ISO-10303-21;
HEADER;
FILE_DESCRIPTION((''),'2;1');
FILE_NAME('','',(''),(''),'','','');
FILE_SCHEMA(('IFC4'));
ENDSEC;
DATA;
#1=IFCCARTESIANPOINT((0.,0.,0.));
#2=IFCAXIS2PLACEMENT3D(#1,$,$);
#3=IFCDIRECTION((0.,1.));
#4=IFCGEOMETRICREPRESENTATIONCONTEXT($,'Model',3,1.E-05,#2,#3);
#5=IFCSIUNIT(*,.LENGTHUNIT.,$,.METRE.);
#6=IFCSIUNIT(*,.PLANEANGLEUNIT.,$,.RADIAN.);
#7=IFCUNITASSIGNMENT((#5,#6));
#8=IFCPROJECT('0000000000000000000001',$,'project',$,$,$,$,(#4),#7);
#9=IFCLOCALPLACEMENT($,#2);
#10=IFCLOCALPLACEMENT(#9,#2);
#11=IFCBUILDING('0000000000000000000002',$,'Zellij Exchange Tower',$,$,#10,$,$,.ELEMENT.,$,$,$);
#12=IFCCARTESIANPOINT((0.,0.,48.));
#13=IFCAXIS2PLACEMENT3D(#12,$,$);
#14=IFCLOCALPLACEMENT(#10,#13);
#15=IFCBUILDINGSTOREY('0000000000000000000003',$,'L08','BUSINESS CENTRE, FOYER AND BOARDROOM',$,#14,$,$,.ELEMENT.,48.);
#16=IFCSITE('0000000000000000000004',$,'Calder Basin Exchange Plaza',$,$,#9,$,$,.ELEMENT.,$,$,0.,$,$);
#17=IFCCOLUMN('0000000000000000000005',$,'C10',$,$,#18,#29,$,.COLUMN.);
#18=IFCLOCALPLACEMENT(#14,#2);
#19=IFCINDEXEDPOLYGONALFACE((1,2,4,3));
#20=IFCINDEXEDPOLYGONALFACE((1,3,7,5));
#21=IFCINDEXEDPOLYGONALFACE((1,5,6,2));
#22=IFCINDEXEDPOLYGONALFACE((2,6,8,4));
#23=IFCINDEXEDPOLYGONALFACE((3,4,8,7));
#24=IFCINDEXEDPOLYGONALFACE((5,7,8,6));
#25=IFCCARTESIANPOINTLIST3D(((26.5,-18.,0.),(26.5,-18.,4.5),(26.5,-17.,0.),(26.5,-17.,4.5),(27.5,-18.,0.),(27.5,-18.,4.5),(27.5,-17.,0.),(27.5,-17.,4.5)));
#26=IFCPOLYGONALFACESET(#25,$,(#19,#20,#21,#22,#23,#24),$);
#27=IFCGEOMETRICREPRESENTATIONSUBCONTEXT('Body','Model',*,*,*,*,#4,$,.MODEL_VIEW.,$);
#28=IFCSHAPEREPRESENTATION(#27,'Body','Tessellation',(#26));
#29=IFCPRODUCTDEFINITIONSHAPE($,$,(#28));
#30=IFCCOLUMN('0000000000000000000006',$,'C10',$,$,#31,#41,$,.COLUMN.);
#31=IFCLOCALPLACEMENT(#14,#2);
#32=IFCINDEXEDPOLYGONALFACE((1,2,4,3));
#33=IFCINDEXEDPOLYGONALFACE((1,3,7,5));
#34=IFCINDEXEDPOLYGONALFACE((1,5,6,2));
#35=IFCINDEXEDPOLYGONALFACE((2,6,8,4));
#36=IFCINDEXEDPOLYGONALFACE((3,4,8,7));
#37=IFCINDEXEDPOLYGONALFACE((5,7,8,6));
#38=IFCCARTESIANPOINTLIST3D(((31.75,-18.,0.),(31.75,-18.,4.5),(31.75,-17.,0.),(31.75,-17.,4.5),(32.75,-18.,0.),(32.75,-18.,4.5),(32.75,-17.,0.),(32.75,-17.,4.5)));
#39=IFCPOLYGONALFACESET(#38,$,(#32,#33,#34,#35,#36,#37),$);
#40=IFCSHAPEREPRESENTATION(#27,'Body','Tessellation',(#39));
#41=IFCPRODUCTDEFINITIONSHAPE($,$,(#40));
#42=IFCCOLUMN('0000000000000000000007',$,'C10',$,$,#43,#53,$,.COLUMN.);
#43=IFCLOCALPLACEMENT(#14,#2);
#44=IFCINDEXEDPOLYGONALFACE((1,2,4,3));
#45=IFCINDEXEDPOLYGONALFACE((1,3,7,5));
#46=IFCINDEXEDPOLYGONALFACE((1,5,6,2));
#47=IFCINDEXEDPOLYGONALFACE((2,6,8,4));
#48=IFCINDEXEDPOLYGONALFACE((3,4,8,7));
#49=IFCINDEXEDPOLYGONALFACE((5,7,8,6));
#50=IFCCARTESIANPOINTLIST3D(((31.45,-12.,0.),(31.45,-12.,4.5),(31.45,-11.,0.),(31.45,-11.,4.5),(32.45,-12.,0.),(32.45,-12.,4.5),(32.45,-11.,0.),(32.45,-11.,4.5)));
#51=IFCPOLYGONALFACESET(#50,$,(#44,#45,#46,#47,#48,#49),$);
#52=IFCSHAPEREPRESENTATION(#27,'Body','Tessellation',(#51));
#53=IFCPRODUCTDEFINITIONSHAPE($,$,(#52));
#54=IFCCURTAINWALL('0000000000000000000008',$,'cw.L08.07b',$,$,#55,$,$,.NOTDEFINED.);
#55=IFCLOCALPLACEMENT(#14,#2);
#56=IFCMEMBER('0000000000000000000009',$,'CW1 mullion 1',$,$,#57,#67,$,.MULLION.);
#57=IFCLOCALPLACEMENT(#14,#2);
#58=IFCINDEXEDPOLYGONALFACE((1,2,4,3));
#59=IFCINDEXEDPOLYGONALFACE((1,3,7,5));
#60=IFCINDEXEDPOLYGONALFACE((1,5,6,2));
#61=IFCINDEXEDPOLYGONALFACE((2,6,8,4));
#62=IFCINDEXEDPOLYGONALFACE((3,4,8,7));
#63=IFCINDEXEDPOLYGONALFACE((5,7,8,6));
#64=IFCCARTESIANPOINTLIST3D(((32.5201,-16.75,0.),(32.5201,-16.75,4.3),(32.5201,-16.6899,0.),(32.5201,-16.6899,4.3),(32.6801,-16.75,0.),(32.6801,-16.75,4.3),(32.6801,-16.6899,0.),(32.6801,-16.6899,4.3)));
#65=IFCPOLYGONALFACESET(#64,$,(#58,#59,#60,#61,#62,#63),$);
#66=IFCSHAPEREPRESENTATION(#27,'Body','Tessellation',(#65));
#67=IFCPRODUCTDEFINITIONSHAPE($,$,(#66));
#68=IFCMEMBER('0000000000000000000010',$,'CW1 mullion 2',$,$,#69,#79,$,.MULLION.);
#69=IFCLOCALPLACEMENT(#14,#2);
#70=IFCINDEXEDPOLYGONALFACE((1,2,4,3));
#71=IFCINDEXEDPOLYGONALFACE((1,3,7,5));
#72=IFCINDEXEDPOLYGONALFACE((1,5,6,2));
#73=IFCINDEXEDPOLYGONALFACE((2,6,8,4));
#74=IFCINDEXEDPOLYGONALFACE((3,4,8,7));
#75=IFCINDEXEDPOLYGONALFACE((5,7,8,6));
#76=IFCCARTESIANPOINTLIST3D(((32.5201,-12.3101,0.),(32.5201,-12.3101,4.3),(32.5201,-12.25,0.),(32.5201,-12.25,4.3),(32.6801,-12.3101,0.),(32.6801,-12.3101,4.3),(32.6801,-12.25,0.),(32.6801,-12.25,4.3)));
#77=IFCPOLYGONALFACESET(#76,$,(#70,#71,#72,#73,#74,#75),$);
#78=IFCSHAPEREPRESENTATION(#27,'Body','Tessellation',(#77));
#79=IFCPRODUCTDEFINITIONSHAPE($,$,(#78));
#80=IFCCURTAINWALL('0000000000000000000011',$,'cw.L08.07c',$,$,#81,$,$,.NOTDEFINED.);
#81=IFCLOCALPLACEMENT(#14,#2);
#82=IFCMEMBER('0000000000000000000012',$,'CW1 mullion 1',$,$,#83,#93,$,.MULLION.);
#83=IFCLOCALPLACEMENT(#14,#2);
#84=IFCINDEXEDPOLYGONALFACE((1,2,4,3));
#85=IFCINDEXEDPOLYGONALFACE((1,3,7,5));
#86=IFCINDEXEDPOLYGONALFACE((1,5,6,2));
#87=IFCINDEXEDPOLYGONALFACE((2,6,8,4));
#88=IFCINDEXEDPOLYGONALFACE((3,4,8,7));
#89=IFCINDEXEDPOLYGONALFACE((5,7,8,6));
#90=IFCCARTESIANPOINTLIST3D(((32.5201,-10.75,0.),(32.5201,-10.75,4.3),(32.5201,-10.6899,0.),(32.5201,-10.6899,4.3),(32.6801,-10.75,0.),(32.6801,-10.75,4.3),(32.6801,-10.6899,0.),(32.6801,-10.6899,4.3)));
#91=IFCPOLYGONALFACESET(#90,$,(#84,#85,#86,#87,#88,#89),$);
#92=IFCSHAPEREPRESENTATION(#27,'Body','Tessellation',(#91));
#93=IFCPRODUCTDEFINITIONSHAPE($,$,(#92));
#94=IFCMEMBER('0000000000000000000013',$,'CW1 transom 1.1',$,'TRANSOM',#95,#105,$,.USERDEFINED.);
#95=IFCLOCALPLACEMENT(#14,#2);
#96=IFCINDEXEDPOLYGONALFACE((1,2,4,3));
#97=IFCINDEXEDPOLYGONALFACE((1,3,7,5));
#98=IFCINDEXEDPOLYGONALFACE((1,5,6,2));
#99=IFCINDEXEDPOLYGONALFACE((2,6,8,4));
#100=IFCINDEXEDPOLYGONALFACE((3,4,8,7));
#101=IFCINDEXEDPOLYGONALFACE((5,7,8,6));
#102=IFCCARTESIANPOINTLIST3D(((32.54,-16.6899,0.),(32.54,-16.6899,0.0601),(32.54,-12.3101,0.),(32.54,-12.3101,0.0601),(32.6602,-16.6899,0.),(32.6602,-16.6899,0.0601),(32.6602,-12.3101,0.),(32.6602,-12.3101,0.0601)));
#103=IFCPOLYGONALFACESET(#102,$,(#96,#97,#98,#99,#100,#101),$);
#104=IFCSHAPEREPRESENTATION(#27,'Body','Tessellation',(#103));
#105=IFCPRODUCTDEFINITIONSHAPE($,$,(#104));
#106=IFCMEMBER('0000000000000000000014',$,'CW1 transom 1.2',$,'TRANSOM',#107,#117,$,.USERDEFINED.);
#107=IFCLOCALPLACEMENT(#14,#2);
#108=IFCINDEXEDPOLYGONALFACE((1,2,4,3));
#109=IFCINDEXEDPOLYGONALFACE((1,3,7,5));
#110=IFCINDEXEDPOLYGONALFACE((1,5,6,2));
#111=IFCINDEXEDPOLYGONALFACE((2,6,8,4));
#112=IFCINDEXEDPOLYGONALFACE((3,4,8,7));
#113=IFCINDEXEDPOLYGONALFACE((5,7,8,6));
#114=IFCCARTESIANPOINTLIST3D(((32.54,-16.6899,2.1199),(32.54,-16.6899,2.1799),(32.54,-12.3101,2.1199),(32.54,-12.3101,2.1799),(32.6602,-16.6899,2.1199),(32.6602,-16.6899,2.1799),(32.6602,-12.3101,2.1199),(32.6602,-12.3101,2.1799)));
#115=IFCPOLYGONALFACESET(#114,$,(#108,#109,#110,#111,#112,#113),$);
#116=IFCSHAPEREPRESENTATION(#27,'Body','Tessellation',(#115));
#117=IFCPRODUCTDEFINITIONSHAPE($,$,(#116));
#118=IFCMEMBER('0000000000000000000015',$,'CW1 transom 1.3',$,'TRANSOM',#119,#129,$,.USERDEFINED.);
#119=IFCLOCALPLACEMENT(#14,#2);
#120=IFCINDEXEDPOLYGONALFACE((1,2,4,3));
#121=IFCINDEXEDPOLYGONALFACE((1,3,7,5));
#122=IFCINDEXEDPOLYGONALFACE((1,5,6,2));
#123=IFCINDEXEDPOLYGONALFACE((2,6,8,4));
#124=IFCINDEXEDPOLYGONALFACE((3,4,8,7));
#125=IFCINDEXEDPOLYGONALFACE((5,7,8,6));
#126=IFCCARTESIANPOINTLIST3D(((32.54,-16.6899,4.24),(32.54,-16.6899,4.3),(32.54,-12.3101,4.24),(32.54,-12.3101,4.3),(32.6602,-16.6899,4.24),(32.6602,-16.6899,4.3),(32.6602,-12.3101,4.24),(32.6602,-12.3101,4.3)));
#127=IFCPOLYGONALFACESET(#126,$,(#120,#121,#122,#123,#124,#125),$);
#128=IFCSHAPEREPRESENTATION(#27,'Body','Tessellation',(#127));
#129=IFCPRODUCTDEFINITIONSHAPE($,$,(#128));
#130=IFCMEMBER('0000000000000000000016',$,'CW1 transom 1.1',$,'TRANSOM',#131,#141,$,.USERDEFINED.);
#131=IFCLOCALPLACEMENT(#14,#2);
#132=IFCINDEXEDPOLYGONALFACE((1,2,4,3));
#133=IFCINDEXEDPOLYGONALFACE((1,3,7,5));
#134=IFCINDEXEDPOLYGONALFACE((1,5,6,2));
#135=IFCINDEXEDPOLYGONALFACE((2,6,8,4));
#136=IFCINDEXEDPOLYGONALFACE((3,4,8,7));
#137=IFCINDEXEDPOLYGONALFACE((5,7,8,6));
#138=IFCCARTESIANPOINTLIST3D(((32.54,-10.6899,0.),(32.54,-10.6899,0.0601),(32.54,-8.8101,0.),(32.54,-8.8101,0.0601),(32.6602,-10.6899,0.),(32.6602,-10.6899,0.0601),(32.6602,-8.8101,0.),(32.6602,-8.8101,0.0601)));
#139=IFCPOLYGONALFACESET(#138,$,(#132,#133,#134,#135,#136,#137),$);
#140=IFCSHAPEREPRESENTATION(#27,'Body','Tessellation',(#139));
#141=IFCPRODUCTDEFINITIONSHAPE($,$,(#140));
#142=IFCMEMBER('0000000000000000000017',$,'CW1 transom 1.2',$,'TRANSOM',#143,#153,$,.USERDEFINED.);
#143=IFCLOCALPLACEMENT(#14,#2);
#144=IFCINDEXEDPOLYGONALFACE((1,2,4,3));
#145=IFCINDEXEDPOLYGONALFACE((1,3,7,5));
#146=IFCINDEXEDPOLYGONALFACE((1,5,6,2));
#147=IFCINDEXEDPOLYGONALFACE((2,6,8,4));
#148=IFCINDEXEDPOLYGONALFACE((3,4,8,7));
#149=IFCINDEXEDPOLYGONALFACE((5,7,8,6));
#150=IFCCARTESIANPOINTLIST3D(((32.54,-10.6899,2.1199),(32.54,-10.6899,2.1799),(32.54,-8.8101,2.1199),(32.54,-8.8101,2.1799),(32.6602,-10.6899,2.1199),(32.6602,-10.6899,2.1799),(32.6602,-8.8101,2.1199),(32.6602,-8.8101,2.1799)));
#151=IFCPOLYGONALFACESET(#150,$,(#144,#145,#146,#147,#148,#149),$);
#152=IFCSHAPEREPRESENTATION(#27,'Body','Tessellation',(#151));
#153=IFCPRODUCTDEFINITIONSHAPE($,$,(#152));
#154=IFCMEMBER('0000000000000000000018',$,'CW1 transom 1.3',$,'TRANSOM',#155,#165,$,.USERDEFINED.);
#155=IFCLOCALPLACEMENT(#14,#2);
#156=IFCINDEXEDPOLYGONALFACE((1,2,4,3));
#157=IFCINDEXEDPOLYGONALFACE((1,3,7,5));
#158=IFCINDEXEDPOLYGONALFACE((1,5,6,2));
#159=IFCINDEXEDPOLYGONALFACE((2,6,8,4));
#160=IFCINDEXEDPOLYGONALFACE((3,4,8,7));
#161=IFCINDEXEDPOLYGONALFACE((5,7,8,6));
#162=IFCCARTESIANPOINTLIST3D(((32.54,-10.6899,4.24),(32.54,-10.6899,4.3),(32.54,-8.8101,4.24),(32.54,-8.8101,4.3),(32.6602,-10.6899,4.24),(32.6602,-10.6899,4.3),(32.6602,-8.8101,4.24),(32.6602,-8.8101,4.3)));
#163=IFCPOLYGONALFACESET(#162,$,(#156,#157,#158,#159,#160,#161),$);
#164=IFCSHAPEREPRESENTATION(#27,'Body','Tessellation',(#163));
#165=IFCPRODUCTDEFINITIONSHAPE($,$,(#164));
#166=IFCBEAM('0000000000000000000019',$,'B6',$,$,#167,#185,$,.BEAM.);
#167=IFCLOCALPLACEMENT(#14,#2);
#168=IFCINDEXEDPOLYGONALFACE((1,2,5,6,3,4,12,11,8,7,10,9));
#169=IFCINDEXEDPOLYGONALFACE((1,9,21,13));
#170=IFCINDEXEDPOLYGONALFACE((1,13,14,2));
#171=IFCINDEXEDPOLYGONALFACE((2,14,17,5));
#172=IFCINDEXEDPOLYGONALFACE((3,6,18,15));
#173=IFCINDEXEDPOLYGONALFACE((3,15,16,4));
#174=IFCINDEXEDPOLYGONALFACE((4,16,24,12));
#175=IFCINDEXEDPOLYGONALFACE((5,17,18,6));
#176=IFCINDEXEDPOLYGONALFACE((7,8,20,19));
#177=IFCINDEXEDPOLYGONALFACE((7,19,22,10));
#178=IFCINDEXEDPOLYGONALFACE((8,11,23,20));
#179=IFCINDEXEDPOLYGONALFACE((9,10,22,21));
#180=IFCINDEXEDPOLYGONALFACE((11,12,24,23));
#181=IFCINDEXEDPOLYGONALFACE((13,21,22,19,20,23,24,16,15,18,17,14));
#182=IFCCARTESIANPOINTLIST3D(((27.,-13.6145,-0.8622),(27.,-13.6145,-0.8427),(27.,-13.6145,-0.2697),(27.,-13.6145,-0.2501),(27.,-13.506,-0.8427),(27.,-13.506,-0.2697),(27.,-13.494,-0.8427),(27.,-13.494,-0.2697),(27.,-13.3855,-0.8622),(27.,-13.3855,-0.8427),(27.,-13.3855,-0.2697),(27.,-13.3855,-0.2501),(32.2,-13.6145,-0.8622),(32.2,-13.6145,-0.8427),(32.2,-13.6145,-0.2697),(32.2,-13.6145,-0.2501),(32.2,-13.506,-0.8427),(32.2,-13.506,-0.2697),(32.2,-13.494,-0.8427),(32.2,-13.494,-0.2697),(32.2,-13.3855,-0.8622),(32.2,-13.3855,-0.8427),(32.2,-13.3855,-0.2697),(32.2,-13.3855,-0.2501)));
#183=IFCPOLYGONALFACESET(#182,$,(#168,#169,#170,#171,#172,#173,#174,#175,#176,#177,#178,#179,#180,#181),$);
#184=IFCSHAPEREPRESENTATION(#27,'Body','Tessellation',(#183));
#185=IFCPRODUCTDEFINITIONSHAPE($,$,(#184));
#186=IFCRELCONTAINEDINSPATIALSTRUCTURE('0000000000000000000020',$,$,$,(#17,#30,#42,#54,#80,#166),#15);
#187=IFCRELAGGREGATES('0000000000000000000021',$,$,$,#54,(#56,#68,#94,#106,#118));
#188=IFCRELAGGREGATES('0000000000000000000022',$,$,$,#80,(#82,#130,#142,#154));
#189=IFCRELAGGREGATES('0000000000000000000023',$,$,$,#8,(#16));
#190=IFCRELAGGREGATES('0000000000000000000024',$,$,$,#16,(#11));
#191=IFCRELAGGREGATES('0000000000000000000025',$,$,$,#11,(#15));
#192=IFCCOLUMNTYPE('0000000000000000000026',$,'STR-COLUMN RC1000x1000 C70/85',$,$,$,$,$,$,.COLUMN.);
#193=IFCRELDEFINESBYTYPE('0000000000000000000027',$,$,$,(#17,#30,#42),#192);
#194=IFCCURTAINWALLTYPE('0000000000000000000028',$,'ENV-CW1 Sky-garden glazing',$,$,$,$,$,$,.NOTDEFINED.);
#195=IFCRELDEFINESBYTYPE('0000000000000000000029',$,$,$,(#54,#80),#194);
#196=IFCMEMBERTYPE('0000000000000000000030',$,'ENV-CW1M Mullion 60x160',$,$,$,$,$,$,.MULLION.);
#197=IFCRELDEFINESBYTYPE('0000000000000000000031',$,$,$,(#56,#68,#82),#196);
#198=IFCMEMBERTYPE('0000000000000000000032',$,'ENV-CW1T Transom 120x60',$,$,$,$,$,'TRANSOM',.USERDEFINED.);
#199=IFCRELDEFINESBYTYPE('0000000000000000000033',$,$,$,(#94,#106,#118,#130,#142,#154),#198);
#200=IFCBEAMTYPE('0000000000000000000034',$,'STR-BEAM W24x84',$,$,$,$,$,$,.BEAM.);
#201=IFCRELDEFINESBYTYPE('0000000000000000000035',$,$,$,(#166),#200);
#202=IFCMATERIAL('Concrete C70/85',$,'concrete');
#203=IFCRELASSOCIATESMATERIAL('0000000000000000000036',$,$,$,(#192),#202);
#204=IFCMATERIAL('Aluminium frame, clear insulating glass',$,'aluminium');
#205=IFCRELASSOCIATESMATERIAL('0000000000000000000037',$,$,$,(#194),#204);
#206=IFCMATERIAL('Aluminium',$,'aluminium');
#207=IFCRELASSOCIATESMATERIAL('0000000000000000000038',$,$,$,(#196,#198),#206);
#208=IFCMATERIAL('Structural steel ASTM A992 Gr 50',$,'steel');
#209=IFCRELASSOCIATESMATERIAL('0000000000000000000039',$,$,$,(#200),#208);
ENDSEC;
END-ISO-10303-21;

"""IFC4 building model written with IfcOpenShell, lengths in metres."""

from ifc_helpers import new_model, si_unit, direction, frame, origin, origin_2d, place, context, subcontext, project, spatial, rectangle, i_section, extrude, material, material_profile, profile_set, type_object, element, aggregate, save


model = new_model("IFC4")

# Units and contexts
model_context = context("Model", 3, precision=1e-05, world=origin(), true_north=direction((0.0, 1.0)))
body_context = subcontext(model_context, "Body", "Model", "MODEL_VIEW")
ifc_project = project(units=[si_unit("LENGTHUNIT", "METRE"), si_unit("PLANEANGLEUNIT", "RADIAN")], contexts=[model_context])

# Site, building, storey
site_placement = place(None, origin())
site = spatial("IfcSite", under=ifc_project, at=site_placement, Name="Calder Basin Exchange Plaza", CompositionType="ELEMENT", RefElevation=0.0)
building_placement = place(site_placement, origin())
building = spatial("IfcBuilding", under=site, at=building_placement, Name="Zellij Exchange Tower", CompositionType="ELEMENT")
storey_placement = place(building_placement, frame((0.0, 0.0, 48.0)))
storey = spatial("IfcBuildingStorey", under=building, at=storey_placement, Name="L08", Description="BUSINESS CENTRE, FOYER AND BOARDROOM", CompositionType="ELEMENT", Elevation=48.0)

# Columns
ifc_material_1 = material(Name="Concrete C70/85", Category="concrete")
ifc_material_profile_1 = material_profile(ifc_material_1, rectangle(XDim=1.0, YDim=1.0, at=origin_2d()), Name="STR-COLUMN RC1000x1000 C70/85")
ifc_profile_set_1 = profile_set([ifc_material_profile_1], Name="Concrete C70/85")
column_type = type_object("IfcColumnType", Name="STR-COLUMN RC1000x1000 C70/85", PredefinedType="COLUMN", material=ifc_profile_set_1)
for number, where, z_axis, x_axis, name in (
    (1, (27.0, -17.5, 0.0), (0.0, 0.0, 1.0), (1.0, 0.0, 0.0), "C10"),
    (2, (32.25, -17.5, 0.0), (0.0, 0.0, 1.0), (1.0, 0.0, 0.0), "C10"),
    (3, (31.95, -11.5, 0.0), (0.0, 0.0, 1.0), (1.0, 0.0, 0.0), "C10"),
):
    element("IfcColumn", number, at=place(storey_placement, frame(where, z_axis=z_axis, x_axis=x_axis)), inside=storey, type_object=column_type, Name=name, PredefinedType="COLUMN", context=body_context, shape_type="SweptSolid", body=[
        extrude(rectangle(XDim=1.0, YDim=1.0, at=origin_2d()), origin(), (0.0, 0.0, 1.0), 4.5),
    ])

# Curtain wall, members
ifc_material_2 = material(Name="Aluminium frame, clear insulating glass", Category="aluminium")
curtain_wall_type = type_object("IfcCurtainWallType", Name="ENV-CW1 Sky-garden glazing", PredefinedType="NOTDEFINED", material=ifc_material_2)
curtain_wall_1_placement = place(storey_placement, origin())
curtain_wall_1 = element("IfcCurtainWall", 4, at=curtain_wall_1_placement, inside=storey, type_object=curtain_wall_type, Name="cw.L08.07b", PredefinedType="NOTDEFINED")
ifc_material_3 = material(Name="Aluminium", Category="aluminium")
ifc_material_profile_2 = material_profile(ifc_material_3, rectangle(XDim=0.0601, YDim=0.1599, at=origin_2d()), Name="AL 60x160")
ifc_profile_set_2 = profile_set([ifc_material_profile_2], Name="Aluminium")
member_type_1 = type_object("IfcMemberType", Name="ENV-CW1M Mullion 60x160", PredefinedType="MULLION", material=ifc_profile_set_2)
member_1_placement = place(storey_placement, frame((32.6001, -16.72, 0.0), z_axis=(0.0, 0.0, 1.0), x_axis=(0.0, 1.0, 0.0)))
member_1 = element("IfcMember", 5, at=member_1_placement, type_object=member_type_1, Name="CW1 mullion 1", PredefinedType="MULLION", context=body_context, shape_type="SweptSolid", body=[
    extrude(rectangle(XDim=0.0601, YDim=0.1599, at=origin_2d()), origin(), (0.0, 0.0, 1.0), 4.3),
])
member_2_placement = place(storey_placement, frame((32.6001, -12.28, 0.0), z_axis=(0.0, 0.0, 1.0), x_axis=(0.0, 1.0, 0.0)))
member_2 = element("IfcMember", 6, at=member_2_placement, type_object=member_type_1, Name="CW1 mullion 2", PredefinedType="MULLION", context=body_context, shape_type="SweptSolid", body=[
    extrude(rectangle(XDim=0.0601, YDim=0.1599, at=origin_2d()), origin(), (0.0, 0.0, 1.0), 4.3),
])

# Curtain wall, member
curtain_wall_2_placement = place(storey_placement, origin())
curtain_wall_2 = element("IfcCurtainWall", 7, at=curtain_wall_2_placement, inside=storey, type_object=curtain_wall_type, Name="cw.L08.07c", PredefinedType="NOTDEFINED")
member_3_placement = place(storey_placement, frame((32.6001, -10.72, 0.0), z_axis=(0.0, 0.0, 1.0), x_axis=(0.0, 1.0, 0.0)))
member_3 = element("IfcMember", 8, at=member_3_placement, type_object=member_type_1, Name="CW1 mullion 1", PredefinedType="MULLION", context=body_context, shape_type="SweptSolid", body=[
    extrude(rectangle(XDim=0.0601, YDim=0.1599, at=origin_2d()), origin(), (0.0, 0.0, 1.0), 4.3),
])

# Members
ifc_material_profile_3 = material_profile(ifc_material_3, rectangle(XDim=0.1201, YDim=0.0601, at=origin_2d()), Name="AL 120x60")
ifc_profile_set_3 = profile_set([ifc_material_profile_3], Name="Aluminium")
member_type_2 = type_object("IfcMemberType", Name="ENV-CW1T Transom 120x60", ElementType="TRANSOM", PredefinedType="USERDEFINED", material=ifc_profile_set_3)
member_4_placement = place(storey_placement, frame((32.6001, -16.6899, 0.03), z_axis=(0.0, 1.0, 0.0), x_axis=(-1.0, 0.0, 0.0)))
member_4 = element("IfcMember", 9, at=member_4_placement, type_object=member_type_2, Name="CW1 transom 1.1", ObjectType="TRANSOM", PredefinedType="USERDEFINED", context=body_context, shape_type="SweptSolid", body=[
    extrude(rectangle(XDim=0.1201, YDim=0.0601, at=origin_2d()), origin(), (0.0, 0.0, 1.0), 4.3799),
])
member_5_placement = place(storey_placement, frame((32.6001, -16.6899, 2.1499), z_axis=(0.0, 1.0, 0.0), x_axis=(-1.0, 0.0, 0.0)))
member_5 = element("IfcMember", 10, at=member_5_placement, type_object=member_type_2, Name="CW1 transom 1.2", ObjectType="TRANSOM", PredefinedType="USERDEFINED", context=body_context, shape_type="SweptSolid", body=[
    extrude(rectangle(XDim=0.1201, YDim=0.0601, at=origin_2d()), origin(), (0.0, 0.0, 1.0), 4.3799),
])
member_6_placement = place(storey_placement, frame((32.6001, -16.6899, 4.27), z_axis=(0.0, 1.0, 0.0), x_axis=(-1.0, 0.0, 0.0)))
member_6 = element("IfcMember", 11, at=member_6_placement, type_object=member_type_2, Name="CW1 transom 1.3", ObjectType="TRANSOM", PredefinedType="USERDEFINED", context=body_context, shape_type="SweptSolid", body=[
    extrude(rectangle(XDim=0.1201, YDim=0.0601, at=origin_2d()), origin(), (0.0, 0.0, 1.0), 4.3799),
])
member_7_placement = place(storey_placement, frame((32.6001, -10.6899, 0.03), z_axis=(0.0, 1.0, 0.0), x_axis=(-1.0, 0.0, 0.0)))
member_7 = element("IfcMember", 12, at=member_7_placement, type_object=member_type_2, Name="CW1 transom 1.1", ObjectType="TRANSOM", PredefinedType="USERDEFINED", context=body_context, shape_type="SweptSolid", body=[
    extrude(rectangle(XDim=0.1201, YDim=0.0601, at=origin_2d()), origin(), (0.0, 0.0, 1.0), 1.8799),
])
member_8_placement = place(storey_placement, frame((32.6001, -10.6899, 2.1499), z_axis=(0.0, 1.0, 0.0), x_axis=(-1.0, 0.0, 0.0)))
member_8 = element("IfcMember", 13, at=member_8_placement, type_object=member_type_2, Name="CW1 transom 1.2", ObjectType="TRANSOM", PredefinedType="USERDEFINED", context=body_context, shape_type="SweptSolid", body=[
    extrude(rectangle(XDim=0.1201, YDim=0.0601, at=origin_2d()), origin(), (0.0, 0.0, 1.0), 1.8799),
])
member_9_placement = place(storey_placement, frame((32.6001, -10.6899, 4.27), z_axis=(0.0, 1.0, 0.0), x_axis=(-1.0, 0.0, 0.0)))
member_9 = element("IfcMember", 14, at=member_9_placement, type_object=member_type_2, Name="CW1 transom 1.3", ObjectType="TRANSOM", PredefinedType="USERDEFINED", context=body_context, shape_type="SweptSolid", body=[
    extrude(rectangle(XDim=0.1201, YDim=0.0601, at=origin_2d()), origin(), (0.0, 0.0, 1.0), 1.8799),
])

# Beam
ifc_material_4 = material(Name="Structural steel ASTM A992 Gr 50", Category="steel")
ifc_material_profile_4 = material_profile(ifc_material_4, i_section(OverallWidth=0.229, OverallDepth=0.6121, WebThickness=0.012, FlangeThickness=0.0195, at=origin_2d()), Name="W24x84")
ifc_profile_set_4 = profile_set([ifc_material_profile_4], Name="Structural steel ASTM A992 Gr 50")
beam_type_1 = type_object("IfcBeamType", Name="STR-BEAM W24x84", PredefinedType="BEAM", material=ifc_profile_set_4)
for number, where, z_axis, x_axis, name in (
    (15, (27.0, -13.5, -0.5562), (1.0, 0.0, 0.0), (0.0, 1.0, 0.0), "B6"),
):
    element("IfcBeam", number, at=place(storey_placement, frame(where, z_axis=z_axis, x_axis=x_axis)), inside=storey, type_object=beam_type_1, Name=name, PredefinedType="BEAM", context=body_context, shape_type="SweptSolid", body=[
        extrude(i_section(OverallWidth=0.229, OverallDepth=0.6121, WebThickness=0.012, FlangeThickness=0.0195, at=origin_2d()), origin(), (0.0, 0.0, 1.0), 5.2),
    ])

aggregate(curtain_wall_1, [member_1, member_2, member_4, member_5, member_6])
aggregate(curtain_wall_2, [member_3, member_7, member_8, member_9])

save(model, "model.ifc")
